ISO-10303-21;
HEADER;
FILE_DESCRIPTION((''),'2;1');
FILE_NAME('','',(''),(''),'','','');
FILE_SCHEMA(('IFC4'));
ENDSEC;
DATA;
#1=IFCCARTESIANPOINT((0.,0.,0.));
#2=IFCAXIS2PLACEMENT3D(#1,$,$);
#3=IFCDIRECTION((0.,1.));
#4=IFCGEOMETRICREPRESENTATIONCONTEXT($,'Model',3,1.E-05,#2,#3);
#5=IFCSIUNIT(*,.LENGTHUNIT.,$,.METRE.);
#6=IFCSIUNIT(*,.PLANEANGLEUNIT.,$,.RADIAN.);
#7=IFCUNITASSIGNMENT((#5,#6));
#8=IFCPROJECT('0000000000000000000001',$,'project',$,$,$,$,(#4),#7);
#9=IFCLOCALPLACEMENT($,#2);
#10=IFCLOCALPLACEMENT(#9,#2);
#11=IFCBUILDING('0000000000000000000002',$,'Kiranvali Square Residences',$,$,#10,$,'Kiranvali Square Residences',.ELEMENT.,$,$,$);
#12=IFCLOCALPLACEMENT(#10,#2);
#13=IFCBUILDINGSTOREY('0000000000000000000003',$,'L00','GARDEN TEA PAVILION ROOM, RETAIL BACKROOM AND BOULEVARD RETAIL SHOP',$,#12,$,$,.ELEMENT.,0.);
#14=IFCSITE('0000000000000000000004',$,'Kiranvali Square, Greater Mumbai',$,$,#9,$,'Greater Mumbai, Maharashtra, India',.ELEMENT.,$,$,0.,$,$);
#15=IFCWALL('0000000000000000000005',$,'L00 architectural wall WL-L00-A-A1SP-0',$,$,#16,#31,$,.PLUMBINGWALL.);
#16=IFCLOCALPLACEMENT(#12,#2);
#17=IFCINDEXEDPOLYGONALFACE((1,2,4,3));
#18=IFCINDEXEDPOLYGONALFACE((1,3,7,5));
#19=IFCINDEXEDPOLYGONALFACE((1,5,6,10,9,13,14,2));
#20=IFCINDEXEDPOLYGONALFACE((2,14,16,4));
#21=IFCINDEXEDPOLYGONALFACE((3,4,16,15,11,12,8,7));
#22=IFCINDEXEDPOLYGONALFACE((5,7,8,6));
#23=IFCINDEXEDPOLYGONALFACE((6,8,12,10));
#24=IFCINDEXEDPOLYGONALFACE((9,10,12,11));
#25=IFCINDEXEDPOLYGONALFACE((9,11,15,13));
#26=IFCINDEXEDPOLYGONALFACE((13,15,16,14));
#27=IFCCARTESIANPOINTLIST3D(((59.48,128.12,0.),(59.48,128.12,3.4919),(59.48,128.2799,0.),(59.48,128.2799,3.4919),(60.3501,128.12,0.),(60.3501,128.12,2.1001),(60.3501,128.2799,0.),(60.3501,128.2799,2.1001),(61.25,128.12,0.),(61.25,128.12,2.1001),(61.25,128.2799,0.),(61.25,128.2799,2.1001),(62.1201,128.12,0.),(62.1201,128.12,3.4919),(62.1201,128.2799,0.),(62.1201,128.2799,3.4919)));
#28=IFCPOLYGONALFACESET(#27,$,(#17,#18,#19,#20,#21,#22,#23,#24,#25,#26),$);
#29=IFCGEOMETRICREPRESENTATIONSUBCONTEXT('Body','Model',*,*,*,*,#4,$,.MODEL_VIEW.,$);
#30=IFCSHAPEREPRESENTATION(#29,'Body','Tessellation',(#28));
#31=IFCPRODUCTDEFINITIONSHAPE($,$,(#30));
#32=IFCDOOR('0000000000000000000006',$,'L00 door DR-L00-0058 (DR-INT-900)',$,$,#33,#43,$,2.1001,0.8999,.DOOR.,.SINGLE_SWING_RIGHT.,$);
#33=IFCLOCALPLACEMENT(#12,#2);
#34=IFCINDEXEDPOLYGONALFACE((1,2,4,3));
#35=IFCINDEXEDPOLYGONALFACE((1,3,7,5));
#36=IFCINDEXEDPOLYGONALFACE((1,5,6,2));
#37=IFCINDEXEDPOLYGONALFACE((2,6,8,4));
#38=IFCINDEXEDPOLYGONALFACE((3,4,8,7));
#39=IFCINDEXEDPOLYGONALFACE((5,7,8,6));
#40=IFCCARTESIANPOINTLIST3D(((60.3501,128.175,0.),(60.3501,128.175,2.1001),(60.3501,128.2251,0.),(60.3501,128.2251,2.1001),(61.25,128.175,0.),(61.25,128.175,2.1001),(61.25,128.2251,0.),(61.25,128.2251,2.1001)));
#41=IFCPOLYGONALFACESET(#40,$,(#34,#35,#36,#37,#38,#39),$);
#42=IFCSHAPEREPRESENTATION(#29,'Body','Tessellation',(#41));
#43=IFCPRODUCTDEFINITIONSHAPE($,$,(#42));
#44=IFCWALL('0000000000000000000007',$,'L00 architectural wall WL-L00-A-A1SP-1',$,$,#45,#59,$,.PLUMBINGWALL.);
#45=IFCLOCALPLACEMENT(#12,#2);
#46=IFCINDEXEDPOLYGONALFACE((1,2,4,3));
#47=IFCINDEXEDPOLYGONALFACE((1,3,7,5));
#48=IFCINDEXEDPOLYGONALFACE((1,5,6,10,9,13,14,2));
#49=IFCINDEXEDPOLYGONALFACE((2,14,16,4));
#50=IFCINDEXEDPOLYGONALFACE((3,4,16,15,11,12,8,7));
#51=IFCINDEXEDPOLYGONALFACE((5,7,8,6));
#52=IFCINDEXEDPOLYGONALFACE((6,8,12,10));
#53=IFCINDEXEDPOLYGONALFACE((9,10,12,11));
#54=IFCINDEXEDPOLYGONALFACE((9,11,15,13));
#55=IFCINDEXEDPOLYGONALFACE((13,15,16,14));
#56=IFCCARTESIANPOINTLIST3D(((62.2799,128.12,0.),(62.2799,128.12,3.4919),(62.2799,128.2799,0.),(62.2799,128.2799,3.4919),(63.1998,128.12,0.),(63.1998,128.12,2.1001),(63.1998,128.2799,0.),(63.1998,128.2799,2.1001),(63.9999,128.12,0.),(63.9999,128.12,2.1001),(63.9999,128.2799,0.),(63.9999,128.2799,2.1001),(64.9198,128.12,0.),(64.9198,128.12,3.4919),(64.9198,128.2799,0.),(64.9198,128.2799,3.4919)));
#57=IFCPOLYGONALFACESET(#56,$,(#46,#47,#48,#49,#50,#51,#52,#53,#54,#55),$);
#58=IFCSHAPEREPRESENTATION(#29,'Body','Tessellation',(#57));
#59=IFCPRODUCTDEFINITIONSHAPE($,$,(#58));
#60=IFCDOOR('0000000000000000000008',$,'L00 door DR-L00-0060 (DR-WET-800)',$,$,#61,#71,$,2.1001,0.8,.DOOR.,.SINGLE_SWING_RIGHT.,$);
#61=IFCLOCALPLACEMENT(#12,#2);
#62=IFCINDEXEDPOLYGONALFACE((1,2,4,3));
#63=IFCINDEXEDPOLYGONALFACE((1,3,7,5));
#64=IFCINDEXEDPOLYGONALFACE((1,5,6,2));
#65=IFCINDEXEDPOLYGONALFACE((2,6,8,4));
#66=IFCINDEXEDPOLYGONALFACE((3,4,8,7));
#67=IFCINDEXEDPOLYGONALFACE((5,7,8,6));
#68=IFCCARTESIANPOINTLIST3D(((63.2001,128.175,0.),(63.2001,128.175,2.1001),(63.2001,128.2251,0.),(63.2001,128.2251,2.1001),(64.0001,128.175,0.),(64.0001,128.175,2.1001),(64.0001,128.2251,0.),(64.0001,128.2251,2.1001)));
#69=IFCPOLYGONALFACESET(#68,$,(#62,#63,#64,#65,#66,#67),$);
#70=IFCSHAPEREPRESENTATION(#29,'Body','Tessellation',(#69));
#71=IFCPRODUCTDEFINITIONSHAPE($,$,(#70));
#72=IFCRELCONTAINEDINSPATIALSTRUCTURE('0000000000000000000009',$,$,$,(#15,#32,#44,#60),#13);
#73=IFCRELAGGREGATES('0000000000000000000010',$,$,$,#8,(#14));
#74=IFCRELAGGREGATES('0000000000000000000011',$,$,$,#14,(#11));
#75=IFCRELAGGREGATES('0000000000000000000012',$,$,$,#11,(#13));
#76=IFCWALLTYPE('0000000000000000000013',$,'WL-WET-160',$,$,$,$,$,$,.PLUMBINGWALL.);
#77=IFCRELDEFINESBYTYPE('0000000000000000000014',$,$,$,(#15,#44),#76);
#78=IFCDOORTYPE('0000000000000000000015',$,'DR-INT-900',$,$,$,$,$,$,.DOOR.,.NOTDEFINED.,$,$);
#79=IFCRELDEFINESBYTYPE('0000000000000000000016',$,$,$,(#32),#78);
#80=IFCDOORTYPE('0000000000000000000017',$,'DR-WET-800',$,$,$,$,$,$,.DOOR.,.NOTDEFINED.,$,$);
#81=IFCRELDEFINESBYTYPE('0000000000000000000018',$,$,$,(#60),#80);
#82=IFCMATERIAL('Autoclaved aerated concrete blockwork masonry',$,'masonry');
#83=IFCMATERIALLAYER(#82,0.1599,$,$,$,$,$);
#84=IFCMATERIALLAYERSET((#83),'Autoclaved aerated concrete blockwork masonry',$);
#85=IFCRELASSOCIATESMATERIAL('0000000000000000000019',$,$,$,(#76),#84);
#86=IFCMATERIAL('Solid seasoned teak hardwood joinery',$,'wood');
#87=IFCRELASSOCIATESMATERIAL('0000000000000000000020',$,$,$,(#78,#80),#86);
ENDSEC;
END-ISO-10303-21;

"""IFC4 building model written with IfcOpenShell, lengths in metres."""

from ifc_helpers import new_model, si_unit, direction, frame, frame_2d, origin, place, context, subcontext, project, spatial, rectangle, extrude, material, layer, layer_set, type_object, element, fill, save


model = new_model("IFC4")

# Units and contexts
model_context = context("Model", 3, precision=1e-05, world=origin(), true_north=direction((0.0, 1.0)))
body_context = subcontext(model_context, "Body", "Model", "MODEL_VIEW")
ifc_project = project(units=[si_unit("LENGTHUNIT", "METRE"), si_unit("PLANEANGLEUNIT", "RADIAN")], contexts=[model_context])

# Site, building, storey
site_placement = place(None, origin())
site = spatial("IfcSite", under=ifc_project, at=site_placement, Name="Kiranvali Square, Greater Mumbai", LongName="Greater Mumbai, Maharashtra, India", CompositionType="ELEMENT", RefElevation=0.0)
building_placement = place(site_placement, origin())
building = spatial("IfcBuilding", under=site, at=building_placement, Name="Kiranvali Square Residences", LongName="Kiranvali Square Residences", CompositionType="ELEMENT")
storey_placement = place(building_placement, origin())
storey = spatial("IfcBuildingStorey", under=building, at=storey_placement, Name="L00", Description="GARDEN TEA PAVILION ROOM, RETAIL BACKROOM AND BOULEVARD RETAIL SHOP", CompositionType="ELEMENT", Elevation=0.0)

# Walls, openings, doors
ifc_material_1 = material(Name="Autoclaved aerated concrete blockwork masonry", Category="masonry")
ifc_layer = layer(ifc_material_1, 0.1599)
ifc_layer_set = layer_set([ifc_layer], Name="Autoclaved aerated concrete blockwork masonry")
wall_type = type_object("IfcWallType", Name="WL-WET-160", PredefinedType="PLUMBINGWALL", material=ifc_layer_set)
wall_1_placement = place(storey_placement, frame((59.48, 128.2, 0.0), z_axis=(0.0, 0.0, 1.0), x_axis=(1.0, 0.0, 0.0)))
wall_1 = element("IfcWall", 1, at=wall_1_placement, inside=storey, type_object=wall_type, Name="L00 architectural wall WL-L00-A-A1SP-0", PredefinedType="PLUMBINGWALL", context=body_context, shape_type="SweptSolid", body=[
    extrude(rectangle(XDim=2.6401, YDim=0.1599, at=frame_2d((1.3201, 0.0))), origin(), (0.0, 0.0, 1.0), 3.4919),
])
opening_1_placement = place(wall_1_placement, frame((0.8701, 0.0, 0.0)))
opening_1 = element("IfcOpeningElement", 2, at=opening_1_placement, cuts=wall_1, PredefinedType="OPENING", context=body_context, shape_type="SweptSolid", body=[
    extrude(rectangle(XDim=0.8999, YDim=2.1001, at=frame_2d((0.45, 1.05))), frame((0.0, 0.0898, 0.0), z_axis=(0.0, -1.0, 0.0), x_axis=(1.0, 0.0, 0.0)), (0.0, 0.0, 1.0), 0.1799),
])
ifc_material_2 = material(Name="Solid seasoned teak hardwood joinery", Category="wood")
door_type_1 = type_object("IfcDoorType", Name="DR-INT-900", OperationType="NOTDEFINED", PredefinedType="DOOR", material=ifc_material_2)
door_1_placement = place(opening_1_placement, frame((0.8999, 0.0, 0.0), z_axis=(0.0, 0.0, 1.0), x_axis=(-1.0, 0.0, 0.0)))
door_1 = element("IfcDoor", 3, at=door_1_placement, inside=storey, type_object=door_type_1, Name="L00 door DR-L00-0058 (DR-INT-900)", OperationType="SINGLE_SWING_RIGHT", OverallHeight=2.1001, OverallWidth=0.8999, PredefinedType="DOOR", context=body_context, shape_type="SweptSolid", body=[
    extrude(rectangle(XDim=0.8999, YDim=2.1001, at=frame_2d((0.45, 1.05))), frame((0.0, 0.0249, 0.0), z_axis=(0.0, -1.0, 0.0), x_axis=(1.0, 0.0, 0.0)), (0.0, 0.0, 1.0), 0.05),
])
fill(opening_1, door_1)
wall_2_placement = place(storey_placement, frame((62.28, 128.2, 0.0), z_axis=(0.0, 0.0, 1.0), x_axis=(1.0, 0.0, 0.0)))
wall_2 = element("IfcWall", 4, at=wall_2_placement, inside=storey, type_object=wall_type, Name="L00 architectural wall WL-L00-A-A1SP-1", PredefinedType="PLUMBINGWALL", context=body_context, shape_type="SweptSolid", body=[
    extrude(rectangle(XDim=2.6399, YDim=0.1599, at=frame_2d((1.3198, 0.0))), origin(), (0.0, 0.0, 1.0), 3.4919),
])
opening_2_placement = place(wall_2_placement, frame((0.9199, 0.0, 0.0)))
opening_2 = element("IfcOpeningElement", 5, at=opening_2_placement, cuts=wall_2, PredefinedType="OPENING", context=body_context, shape_type="SweptSolid", body=[
    extrude(rectangle(XDim=0.8, YDim=2.1001, at=frame_2d((0.3999, 1.05))), frame((0.0, 0.0898, 0.0), z_axis=(0.0, -1.0, 0.0), x_axis=(1.0, 0.0, 0.0)), (0.0, 0.0, 1.0), 0.1799),
])
door_type_2 = type_object("IfcDoorType", Name="DR-WET-800", OperationType="NOTDEFINED", PredefinedType="DOOR", material=ifc_material_2)
door_2_placement = place(opening_2_placement, frame((0.8, 0.0, 0.0), z_axis=(0.0, 0.0, 1.0), x_axis=(-1.0, 0.0, 0.0)))
door_2 = element("IfcDoor", 6, at=door_2_placement, inside=storey, type_object=door_type_2, Name="L00 door DR-L00-0060 (DR-WET-800)", OperationType="SINGLE_SWING_RIGHT", OverallHeight=2.1001, OverallWidth=0.8, PredefinedType="DOOR", context=body_context, shape_type="SweptSolid", body=[
    extrude(rectangle(XDim=0.8, YDim=2.1001, at=frame_2d((0.3999, 1.05))), frame((0.0, 0.0249, 0.0), z_axis=(0.0, -1.0, 0.0), x_axis=(1.0, 0.0, 0.0)), (0.0, 0.0, 1.0), 0.05),
])
fill(opening_2, door_2)

save(model, "model.ifc")
